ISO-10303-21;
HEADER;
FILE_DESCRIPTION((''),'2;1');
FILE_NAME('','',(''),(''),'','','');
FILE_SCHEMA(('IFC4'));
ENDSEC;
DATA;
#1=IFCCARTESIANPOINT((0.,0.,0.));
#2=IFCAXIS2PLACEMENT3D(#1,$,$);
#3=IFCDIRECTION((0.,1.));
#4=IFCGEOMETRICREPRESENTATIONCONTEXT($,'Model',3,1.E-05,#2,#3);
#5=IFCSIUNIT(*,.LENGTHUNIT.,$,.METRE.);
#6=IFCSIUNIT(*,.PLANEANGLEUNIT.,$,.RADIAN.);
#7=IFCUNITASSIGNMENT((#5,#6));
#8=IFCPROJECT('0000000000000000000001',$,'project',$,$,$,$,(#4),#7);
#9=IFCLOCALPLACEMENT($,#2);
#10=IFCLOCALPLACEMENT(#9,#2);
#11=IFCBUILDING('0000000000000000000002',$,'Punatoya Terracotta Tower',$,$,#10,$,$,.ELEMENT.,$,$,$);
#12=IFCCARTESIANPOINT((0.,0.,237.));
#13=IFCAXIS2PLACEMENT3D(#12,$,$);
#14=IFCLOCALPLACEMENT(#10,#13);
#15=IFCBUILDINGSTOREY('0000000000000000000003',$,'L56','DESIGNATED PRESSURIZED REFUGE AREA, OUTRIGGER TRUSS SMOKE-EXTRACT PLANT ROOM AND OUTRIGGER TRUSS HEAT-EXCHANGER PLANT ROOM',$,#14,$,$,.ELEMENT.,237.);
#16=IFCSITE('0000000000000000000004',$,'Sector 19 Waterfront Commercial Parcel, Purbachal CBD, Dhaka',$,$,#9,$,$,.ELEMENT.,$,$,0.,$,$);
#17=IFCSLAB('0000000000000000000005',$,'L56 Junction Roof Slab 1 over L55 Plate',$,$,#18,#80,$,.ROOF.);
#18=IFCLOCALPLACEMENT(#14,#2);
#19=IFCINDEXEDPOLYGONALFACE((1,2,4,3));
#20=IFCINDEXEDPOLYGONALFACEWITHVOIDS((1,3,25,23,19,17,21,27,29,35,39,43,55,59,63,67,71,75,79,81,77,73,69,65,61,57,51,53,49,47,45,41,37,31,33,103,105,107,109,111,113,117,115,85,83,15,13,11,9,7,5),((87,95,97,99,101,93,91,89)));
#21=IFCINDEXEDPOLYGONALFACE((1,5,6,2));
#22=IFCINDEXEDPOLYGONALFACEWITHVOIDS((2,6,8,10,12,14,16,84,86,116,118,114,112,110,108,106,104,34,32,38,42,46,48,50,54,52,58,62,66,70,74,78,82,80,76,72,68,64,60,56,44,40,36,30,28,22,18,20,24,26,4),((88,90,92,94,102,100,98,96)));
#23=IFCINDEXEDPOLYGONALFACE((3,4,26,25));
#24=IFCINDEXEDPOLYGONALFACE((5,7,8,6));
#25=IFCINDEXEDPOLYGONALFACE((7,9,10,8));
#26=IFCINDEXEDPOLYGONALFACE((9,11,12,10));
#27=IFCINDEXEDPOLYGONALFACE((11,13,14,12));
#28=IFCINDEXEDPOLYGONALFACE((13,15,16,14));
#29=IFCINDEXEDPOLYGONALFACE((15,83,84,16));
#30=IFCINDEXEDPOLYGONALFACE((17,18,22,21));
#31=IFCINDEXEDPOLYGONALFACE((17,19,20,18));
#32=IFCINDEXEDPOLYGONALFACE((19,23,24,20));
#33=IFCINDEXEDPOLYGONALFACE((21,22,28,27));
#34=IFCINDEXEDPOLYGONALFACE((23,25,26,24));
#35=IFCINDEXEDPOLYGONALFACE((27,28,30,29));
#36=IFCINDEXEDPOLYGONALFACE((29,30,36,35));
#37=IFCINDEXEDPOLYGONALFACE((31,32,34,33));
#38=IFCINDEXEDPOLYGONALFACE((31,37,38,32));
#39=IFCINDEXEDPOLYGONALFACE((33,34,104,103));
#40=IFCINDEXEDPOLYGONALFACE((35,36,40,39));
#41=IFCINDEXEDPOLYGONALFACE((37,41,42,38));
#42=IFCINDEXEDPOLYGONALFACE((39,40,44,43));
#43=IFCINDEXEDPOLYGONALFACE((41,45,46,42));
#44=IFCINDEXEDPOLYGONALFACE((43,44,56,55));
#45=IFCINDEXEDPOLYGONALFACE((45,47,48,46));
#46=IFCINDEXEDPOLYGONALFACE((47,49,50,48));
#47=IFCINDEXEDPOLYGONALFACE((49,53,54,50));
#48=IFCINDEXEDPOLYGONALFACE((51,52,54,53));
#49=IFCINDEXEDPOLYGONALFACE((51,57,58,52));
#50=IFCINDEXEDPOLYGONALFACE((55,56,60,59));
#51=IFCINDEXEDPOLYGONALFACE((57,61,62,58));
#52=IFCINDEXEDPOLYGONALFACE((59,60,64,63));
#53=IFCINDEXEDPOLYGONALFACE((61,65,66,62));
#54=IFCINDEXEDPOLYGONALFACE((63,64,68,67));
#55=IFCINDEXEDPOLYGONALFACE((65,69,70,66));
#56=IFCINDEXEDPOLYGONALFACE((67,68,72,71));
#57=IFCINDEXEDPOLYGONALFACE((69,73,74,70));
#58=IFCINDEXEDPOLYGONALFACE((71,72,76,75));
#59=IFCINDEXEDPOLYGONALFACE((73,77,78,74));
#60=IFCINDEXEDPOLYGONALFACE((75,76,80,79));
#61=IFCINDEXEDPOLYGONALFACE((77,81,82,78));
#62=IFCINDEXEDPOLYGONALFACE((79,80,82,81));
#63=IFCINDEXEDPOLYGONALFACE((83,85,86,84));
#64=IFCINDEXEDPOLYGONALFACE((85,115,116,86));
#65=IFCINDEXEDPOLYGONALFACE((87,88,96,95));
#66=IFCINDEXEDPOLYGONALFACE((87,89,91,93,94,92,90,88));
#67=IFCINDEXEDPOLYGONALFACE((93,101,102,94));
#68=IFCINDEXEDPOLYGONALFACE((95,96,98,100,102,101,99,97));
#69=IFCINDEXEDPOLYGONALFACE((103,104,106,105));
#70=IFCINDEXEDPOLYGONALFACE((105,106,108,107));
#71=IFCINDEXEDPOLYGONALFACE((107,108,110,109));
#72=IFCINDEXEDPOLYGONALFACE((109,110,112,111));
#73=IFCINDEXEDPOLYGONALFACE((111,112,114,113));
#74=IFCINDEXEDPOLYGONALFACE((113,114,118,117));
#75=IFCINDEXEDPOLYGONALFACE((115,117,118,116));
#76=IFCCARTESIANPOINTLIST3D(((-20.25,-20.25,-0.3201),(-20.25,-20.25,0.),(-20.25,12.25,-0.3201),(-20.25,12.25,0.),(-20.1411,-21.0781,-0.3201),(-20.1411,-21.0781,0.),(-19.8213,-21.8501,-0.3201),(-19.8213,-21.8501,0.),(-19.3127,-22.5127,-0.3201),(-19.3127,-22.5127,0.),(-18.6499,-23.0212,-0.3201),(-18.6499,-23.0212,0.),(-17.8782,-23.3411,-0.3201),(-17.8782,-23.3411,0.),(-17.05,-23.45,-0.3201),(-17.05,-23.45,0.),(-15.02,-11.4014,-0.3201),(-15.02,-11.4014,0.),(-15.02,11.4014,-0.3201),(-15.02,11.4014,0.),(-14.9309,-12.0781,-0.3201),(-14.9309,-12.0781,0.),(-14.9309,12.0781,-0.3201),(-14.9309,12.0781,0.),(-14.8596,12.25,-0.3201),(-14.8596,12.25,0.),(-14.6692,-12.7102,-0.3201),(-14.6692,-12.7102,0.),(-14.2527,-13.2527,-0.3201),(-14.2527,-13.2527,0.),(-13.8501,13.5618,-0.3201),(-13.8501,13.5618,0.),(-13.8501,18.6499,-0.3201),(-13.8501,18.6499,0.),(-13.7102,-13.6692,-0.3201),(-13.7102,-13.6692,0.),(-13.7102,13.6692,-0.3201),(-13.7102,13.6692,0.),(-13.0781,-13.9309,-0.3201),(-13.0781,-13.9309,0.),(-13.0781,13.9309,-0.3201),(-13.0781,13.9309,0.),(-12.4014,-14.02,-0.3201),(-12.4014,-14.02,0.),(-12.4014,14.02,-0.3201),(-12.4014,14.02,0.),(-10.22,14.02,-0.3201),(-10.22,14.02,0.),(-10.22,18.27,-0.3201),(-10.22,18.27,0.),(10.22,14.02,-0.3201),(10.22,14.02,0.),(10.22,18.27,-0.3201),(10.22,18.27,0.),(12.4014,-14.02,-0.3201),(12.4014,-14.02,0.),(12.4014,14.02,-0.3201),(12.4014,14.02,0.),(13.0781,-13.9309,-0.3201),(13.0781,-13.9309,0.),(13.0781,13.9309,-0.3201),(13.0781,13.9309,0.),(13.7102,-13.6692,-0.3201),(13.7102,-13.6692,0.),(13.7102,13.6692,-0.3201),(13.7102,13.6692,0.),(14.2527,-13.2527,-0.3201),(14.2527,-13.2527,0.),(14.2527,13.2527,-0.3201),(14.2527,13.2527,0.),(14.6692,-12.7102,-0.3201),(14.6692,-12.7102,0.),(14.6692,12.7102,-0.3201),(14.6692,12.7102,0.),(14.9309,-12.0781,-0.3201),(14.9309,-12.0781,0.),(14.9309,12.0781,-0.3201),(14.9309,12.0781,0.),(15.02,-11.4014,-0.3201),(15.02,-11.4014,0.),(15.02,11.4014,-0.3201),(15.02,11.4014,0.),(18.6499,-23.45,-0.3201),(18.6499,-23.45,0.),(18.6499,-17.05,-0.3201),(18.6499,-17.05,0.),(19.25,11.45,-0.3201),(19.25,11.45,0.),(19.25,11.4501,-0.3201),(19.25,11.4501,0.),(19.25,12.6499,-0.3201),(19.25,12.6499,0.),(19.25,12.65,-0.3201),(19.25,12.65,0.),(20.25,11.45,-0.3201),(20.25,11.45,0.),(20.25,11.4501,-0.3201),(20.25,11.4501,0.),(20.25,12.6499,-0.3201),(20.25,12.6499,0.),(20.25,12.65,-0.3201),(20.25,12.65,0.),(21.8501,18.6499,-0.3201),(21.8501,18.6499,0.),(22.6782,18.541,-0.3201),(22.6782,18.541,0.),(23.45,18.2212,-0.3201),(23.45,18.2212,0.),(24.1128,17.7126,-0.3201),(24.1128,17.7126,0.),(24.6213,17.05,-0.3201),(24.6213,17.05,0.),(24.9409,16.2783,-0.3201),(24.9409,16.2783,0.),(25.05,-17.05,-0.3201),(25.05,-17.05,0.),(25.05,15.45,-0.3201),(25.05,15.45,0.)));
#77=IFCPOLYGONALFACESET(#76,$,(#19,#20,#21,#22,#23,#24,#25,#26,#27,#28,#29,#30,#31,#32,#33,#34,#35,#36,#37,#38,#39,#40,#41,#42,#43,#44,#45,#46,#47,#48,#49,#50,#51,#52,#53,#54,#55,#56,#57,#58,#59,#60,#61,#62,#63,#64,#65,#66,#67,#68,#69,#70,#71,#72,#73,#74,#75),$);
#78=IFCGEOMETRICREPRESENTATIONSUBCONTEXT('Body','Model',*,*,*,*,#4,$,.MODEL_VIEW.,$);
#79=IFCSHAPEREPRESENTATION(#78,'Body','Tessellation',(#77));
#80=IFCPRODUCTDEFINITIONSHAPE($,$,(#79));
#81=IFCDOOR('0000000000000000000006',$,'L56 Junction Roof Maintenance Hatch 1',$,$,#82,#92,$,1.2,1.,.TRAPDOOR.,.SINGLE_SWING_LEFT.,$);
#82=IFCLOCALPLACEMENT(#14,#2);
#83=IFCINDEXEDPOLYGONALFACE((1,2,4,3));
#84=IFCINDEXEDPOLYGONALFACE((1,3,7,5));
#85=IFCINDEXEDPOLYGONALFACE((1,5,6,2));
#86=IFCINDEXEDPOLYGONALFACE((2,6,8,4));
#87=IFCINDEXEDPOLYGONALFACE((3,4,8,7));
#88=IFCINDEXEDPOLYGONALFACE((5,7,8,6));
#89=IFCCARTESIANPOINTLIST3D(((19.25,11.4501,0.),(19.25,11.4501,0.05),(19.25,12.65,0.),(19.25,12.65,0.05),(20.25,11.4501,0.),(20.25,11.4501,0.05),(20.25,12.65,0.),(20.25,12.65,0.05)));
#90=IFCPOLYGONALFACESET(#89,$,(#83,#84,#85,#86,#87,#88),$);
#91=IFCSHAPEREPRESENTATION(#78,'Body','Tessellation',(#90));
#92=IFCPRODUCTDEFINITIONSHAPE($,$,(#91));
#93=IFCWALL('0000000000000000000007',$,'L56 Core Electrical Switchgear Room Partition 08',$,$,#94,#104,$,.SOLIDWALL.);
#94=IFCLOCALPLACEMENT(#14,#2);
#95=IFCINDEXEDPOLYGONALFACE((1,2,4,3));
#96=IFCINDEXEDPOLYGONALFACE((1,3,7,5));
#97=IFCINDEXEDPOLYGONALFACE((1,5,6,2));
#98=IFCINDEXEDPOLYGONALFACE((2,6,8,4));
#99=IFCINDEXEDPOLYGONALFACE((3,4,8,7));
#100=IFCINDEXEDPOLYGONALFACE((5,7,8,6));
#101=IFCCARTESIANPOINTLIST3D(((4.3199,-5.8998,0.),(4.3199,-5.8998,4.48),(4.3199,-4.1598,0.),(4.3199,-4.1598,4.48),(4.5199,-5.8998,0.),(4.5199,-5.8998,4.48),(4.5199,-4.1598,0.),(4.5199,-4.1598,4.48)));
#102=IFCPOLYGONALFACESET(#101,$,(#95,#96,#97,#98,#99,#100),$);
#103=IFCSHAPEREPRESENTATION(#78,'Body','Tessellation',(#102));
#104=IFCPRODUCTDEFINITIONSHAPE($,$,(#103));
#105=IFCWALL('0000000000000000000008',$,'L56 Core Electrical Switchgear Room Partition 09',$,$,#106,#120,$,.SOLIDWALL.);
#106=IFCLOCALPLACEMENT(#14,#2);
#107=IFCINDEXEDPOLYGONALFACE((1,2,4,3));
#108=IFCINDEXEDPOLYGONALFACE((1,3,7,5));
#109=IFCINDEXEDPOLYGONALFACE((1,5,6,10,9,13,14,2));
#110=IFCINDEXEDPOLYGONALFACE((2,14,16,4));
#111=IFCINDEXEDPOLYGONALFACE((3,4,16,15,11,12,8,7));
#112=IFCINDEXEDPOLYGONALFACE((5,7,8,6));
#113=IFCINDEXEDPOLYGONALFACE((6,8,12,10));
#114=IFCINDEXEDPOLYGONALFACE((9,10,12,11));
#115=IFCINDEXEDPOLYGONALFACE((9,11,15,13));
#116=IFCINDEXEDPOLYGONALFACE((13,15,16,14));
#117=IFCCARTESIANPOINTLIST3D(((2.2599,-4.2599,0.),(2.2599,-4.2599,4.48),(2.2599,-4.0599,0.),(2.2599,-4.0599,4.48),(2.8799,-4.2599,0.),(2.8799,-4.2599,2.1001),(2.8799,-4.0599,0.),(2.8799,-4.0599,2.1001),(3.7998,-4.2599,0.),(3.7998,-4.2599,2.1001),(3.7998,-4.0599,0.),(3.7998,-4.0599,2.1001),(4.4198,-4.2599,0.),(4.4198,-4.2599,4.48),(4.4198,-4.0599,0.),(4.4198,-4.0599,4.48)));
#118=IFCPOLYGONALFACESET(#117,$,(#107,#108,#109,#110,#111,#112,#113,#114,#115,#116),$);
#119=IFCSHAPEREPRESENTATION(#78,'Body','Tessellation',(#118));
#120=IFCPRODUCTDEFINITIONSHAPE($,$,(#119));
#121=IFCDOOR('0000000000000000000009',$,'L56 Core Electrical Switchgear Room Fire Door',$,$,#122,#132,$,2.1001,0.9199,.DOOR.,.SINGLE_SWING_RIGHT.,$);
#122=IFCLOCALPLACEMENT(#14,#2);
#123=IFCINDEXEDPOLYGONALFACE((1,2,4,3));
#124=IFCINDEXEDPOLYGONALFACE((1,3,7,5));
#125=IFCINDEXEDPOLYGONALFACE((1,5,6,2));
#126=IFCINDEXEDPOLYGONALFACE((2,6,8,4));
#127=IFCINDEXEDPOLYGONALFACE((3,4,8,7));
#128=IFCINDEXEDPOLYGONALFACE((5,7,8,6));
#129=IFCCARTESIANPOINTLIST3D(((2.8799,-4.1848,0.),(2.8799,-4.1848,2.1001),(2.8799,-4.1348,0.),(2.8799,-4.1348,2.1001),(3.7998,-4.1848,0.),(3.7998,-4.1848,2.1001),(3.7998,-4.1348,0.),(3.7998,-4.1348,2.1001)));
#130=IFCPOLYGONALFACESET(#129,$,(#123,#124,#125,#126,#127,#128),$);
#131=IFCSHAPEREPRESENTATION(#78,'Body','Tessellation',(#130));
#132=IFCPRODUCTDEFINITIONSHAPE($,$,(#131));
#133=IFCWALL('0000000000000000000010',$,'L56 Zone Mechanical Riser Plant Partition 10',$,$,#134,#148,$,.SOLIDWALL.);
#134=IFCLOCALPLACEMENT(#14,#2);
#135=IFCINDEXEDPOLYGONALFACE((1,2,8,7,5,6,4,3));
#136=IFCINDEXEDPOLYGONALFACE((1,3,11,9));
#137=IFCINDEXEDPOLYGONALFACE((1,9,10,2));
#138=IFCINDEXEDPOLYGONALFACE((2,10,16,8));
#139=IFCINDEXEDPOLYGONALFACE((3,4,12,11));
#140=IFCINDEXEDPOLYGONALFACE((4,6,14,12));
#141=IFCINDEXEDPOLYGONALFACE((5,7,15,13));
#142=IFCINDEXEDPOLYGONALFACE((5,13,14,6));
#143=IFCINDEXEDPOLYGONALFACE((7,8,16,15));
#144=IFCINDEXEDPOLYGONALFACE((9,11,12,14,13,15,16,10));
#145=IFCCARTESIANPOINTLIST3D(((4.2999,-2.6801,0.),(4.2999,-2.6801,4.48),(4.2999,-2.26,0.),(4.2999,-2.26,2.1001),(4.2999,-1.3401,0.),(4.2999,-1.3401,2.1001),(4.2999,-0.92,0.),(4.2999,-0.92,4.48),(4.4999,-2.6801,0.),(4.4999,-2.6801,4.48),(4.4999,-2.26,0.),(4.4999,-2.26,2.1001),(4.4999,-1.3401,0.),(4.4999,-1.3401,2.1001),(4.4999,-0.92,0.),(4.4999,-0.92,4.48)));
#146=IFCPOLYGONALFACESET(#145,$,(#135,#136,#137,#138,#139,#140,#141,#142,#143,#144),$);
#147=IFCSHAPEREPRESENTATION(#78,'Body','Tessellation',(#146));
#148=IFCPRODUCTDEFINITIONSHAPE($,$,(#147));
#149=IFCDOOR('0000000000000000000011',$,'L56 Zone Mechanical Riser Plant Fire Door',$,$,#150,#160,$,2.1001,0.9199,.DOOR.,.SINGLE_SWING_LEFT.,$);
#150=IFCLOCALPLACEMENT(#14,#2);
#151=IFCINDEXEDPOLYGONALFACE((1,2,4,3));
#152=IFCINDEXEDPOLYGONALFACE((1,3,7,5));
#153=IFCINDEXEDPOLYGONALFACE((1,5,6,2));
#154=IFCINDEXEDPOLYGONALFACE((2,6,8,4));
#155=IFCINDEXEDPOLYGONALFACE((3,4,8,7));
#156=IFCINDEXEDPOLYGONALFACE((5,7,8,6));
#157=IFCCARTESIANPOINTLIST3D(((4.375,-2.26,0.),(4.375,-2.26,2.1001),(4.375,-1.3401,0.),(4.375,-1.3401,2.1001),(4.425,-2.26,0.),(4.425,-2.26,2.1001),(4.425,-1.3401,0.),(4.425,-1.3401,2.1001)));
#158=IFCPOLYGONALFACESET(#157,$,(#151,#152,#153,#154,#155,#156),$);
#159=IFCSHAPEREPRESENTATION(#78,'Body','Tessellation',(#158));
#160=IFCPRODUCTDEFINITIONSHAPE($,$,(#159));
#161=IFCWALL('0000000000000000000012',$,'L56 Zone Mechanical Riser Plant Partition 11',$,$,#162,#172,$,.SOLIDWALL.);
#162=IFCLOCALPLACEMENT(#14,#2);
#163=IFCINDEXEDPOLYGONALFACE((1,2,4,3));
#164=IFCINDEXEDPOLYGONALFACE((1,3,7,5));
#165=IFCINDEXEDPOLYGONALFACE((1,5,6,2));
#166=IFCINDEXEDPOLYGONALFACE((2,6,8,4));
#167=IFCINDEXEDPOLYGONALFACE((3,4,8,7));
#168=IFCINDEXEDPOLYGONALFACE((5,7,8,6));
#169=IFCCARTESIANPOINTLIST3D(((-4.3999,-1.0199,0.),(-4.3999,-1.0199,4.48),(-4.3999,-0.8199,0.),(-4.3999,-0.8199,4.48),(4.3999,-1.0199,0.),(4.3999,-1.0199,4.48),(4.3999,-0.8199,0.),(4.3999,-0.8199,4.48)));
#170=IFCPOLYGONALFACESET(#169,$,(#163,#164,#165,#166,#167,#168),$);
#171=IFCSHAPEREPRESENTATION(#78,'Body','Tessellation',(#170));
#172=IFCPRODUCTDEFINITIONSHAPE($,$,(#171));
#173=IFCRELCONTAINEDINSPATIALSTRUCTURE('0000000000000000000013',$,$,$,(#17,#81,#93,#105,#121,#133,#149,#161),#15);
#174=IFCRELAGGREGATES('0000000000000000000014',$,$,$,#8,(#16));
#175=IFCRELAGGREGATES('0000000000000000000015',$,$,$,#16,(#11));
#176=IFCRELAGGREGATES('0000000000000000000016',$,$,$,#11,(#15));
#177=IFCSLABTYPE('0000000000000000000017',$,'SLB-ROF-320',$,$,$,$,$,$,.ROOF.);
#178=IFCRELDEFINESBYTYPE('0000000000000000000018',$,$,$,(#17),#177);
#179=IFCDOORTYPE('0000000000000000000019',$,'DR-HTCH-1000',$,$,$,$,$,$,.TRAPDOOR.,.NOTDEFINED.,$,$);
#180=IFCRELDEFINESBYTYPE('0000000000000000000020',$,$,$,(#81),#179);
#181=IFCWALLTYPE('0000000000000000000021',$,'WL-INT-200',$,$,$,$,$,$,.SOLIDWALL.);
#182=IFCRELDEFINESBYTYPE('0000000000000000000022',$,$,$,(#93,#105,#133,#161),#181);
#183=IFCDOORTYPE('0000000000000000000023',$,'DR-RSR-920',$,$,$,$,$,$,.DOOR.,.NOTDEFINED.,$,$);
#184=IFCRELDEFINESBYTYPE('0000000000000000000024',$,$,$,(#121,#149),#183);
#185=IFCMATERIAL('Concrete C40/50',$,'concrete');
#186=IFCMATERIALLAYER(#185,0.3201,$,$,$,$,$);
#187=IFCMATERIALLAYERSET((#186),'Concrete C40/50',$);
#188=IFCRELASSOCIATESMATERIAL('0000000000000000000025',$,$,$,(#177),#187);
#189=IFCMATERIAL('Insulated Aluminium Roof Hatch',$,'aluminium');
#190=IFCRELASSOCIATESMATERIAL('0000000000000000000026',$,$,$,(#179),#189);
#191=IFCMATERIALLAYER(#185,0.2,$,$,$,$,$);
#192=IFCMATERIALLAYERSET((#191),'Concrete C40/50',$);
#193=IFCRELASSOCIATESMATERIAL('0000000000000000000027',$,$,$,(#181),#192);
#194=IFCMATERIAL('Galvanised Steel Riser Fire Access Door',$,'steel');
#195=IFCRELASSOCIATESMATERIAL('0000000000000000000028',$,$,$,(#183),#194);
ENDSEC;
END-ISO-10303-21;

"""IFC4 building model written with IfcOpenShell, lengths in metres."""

from ifc_helpers import new_model, si_unit, direction, frame, frame_2d, origin, origin_2d, place, context, subcontext, project, spatial, polyline, rectangle, outline, extrude, material, layer, layer_set, type_object, element, fill, save


model = new_model("IFC4")

# Units and contexts
model_context = context("Model", 3, precision=1e-05, world=origin(), true_north=direction((0.0, 1.0)))
body_context = subcontext(model_context, "Body", "Model", "MODEL_VIEW")
ifc_project = project(units=[si_unit("LENGTHUNIT", "METRE"), si_unit("PLANEANGLEUNIT", "RADIAN")], contexts=[model_context])

# Site, building, storey
site_placement = place(None, origin())
site = spatial("IfcSite", under=ifc_project, at=site_placement, Name="Sector 19 Waterfront Commercial Parcel, Purbachal CBD, Dhaka", CompositionType="ELEMENT", RefElevation=0.0)
building_placement = place(site_placement, origin())
building = spatial("IfcBuilding", under=site, at=building_placement, Name="Punatoya Terracotta Tower", CompositionType="ELEMENT")
storey_placement = place(building_placement, frame((0.0, 0.0, 237.0)))
storey = spatial("IfcBuildingStorey", under=building, at=storey_placement, Name="L56", Description="DESIGNATED PRESSURIZED REFUGE AREA, OUTRIGGER TRUSS SMOKE-EXTRACT PLANT ROOM AND OUTRIGGER TRUSS HEAT-EXCHANGER PLANT ROOM", CompositionType="ELEMENT", Elevation=237.0)

# Shared definitions
ifc_material_1 = material(Name="Concrete C40/50", Category="concrete")

# Slab, opening, door
ifc_layer_1 = layer(ifc_material_1, 0.3201)
ifc_layer_set_1 = layer_set([ifc_layer_1], Name="Concrete C40/50")
slab_type_1 = type_object("IfcSlabType", Name="SLB-ROF-320", PredefinedType="ROOF", material=ifc_layer_set_1)
slab_1_placement = place(storey_placement, frame((0.0, 0.0, -0.3201)))
slab_1 = element("IfcSlab", 1, at=slab_1_placement, inside=storey, type_object=slab_type_1, Name="L56 Junction Roof Slab 1 over L55 Plate", PredefinedType="ROOF", context=body_context, shape_type="SweptSolid", body=[
    extrude(outline(polyline([(22.6782, 18.541), (21.8501, 18.6499), (-13.8501, 18.6499), (-13.8501, 13.5618), (-13.7102, 13.6692), (-13.0781, 13.9309), (-12.4014, 14.02), (-10.22, 14.02), (-10.22, 18.27), (10.22, 18.27), (10.22, 14.02), (12.4014, 14.02), (13.0781, 13.9309), (13.7102, 13.6692), (14.2527, 13.2527), (14.6692, 12.7102), (14.9309, 12.0781), (15.02, 11.4014), (15.02, -11.4014), (14.9309, -12.0781), (14.6692, -12.7102), (14.2527, -13.2527), (13.7102, -13.6692), (13.0781, -13.9309), (12.4014, -14.02), (-12.4014, -14.02), (-13.0781, -13.9309), (-13.7102, -13.6692), (-14.2527, -13.2527), (-14.6692, -12.7102), (-14.9309, -12.0781), (-15.02, -11.4014), (-15.02, 11.4014), (-14.9309, 12.0781), (-14.8596, 12.25), (-20.25, 12.25), (-20.25, -20.25), (-20.1411, -21.0781), (-19.8213, -21.8501), (-19.3127, -22.5127), (-18.6499, -23.0212), (-17.8782, -23.3411), (-17.05, -23.45), (18.6499, -23.45), (18.6499, -17.05), (25.05, -17.05), (25.05, 15.45), (24.9409, 16.2783), (24.6213, 17.05), (24.1128, 17.7126), (23.45, 18.2212), (22.6782, 18.541)]), holes=[polyline([(20.25, 12.6499), (20.25, 11.45), (19.25, 11.45), (19.25, 12.6499), (20.25, 12.6499)])]), origin(), (0.0, 0.0, 1.0), 0.3201),
])
opening_1_placement = place(slab_1_placement, frame((19.75, 12.05, 0.0)))
opening_1 = element("IfcOpeningElement", 2, at=opening_1_placement, cuts=slab_1, PredefinedType="OPENING", context=body_context, shape_type="SweptSolid", body=[
    extrude(rectangle(XDim=1.0, YDim=1.2, at=origin_2d()), frame((0.0, 0.0, -0.01)), (0.0, 0.0, 1.0), 0.3901),
])
ifc_material_2 = material(Name="Insulated Aluminium Roof Hatch", Category="aluminium")
door_type_1 = type_object("IfcDoorType", Name="DR-HTCH-1000", OperationType="NOTDEFINED", PredefinedType="TRAPDOOR", material=ifc_material_2)
door_1_placement = place(opening_1_placement, frame((0.0, 0.0, 0.3201)))
door_1 = element("IfcDoor", 3, at=door_1_placement, inside=storey, type_object=door_type_1, Name="L56 Junction Roof Maintenance Hatch 1", OperationType="SINGLE_SWING_LEFT", OverallHeight=1.2, OverallWidth=1.0, PredefinedType="TRAPDOOR", context=body_context, shape_type="SweptSolid", body=[
    extrude(rectangle(XDim=1.0, YDim=1.2, at=origin_2d()), origin(), (0.0, 0.0, 1.0), 0.05),
])
fill(opening_1, door_1)

# Shared definitions
ifc_layer_2 = layer(ifc_material_1, 0.2)
ifc_layer_set_2 = layer_set([ifc_layer_2], Name="Concrete C40/50")
wall_type_1 = type_object("IfcWallType", Name="WL-INT-200", PredefinedType="SOLIDWALL", material=ifc_layer_set_2)

# Wall
wall_1_placement = place(storey_placement, frame((4.4199, -5.8999, 0.0), z_axis=(0.0, 0.0, 1.0), x_axis=(0.0, 1.0, 0.0)))
element("IfcWall", 4, at=wall_1_placement, inside=storey, type_object=wall_type_1, Name="L56 Core Electrical Switchgear Room Partition 08", PredefinedType="SOLIDWALL", context=body_context, shape_type="SweptSolid", body=[
    extrude(rectangle(XDim=1.74, YDim=0.2, at=frame_2d((0.8701, 0.0))), origin(), (0.0, 0.0, 1.0), 4.48),
])

# Walls, openings, doors
wall_2_placement = place(storey_placement, frame((4.4199, -4.1599, 0.0), z_axis=(0.0, 0.0, 1.0), x_axis=(-1.0, 0.0, 0.0)))
wall_2 = element("IfcWall", 5, at=wall_2_placement, inside=storey, type_object=wall_type_1, Name="L56 Core Electrical Switchgear Room Partition 09", PredefinedType="SOLIDWALL", context=body_context, shape_type="SweptSolid", body=[
    extrude(rectangle(XDim=2.1599, YDim=0.2, at=frame_2d((1.0801, 0.0))), origin(), (0.0, 0.0, 1.0), 4.48),
])
opening_2_placement = place(wall_2_placement, frame((0.6201, 0.0, 0.0)))
opening_2 = element("IfcOpeningElement", 6, at=opening_2_placement, cuts=wall_2, PredefinedType="OPENING", context=body_context, shape_type="SweptSolid", body=[
    extrude(rectangle(XDim=0.9199, YDim=2.1001, at=frame_2d((0.46, 1.05))), frame((0.0, 0.1099, 0.0), z_axis=(0.0, -1.0, 0.0), x_axis=(1.0, 0.0, 0.0)), (0.0, 0.0, 1.0), 0.22),
])
ifc_material_3 = material(Name="Galvanised Steel Riser Fire Access Door", Category="steel")
door_type_2 = type_object("IfcDoorType", Name="DR-RSR-920", OperationType="NOTDEFINED", PredefinedType="DOOR", material=ifc_material_3)
door_2_placement = place(opening_2_placement, origin())
door_2 = element("IfcDoor", 7, at=door_2_placement, inside=storey, type_object=door_type_2, Name="L56 Core Electrical Switchgear Room Fire Door", OperationType="SINGLE_SWING_RIGHT", OverallHeight=2.1001, OverallWidth=0.9199, PredefinedType="DOOR", context=body_context, shape_type="SweptSolid", body=[
    extrude(rectangle(XDim=0.9199, YDim=2.1001, at=frame_2d((0.46, 1.05))), frame((0.0, 0.0249, 0.0), z_axis=(0.0, -1.0, 0.0), x_axis=(1.0, 0.0, 0.0)), (0.0, 0.0, 1.0), 0.05),
])
fill(opening_2, door_2)
wall_3_placement = place(storey_placement, frame((4.3999, -2.6799, 0.0), z_axis=(0.0, 0.0, 1.0), x_axis=(0.0, 1.0, 0.0)))
wall_3 = element("IfcWall", 8, at=wall_3_placement, inside=storey, type_object=wall_type_1, Name="L56 Zone Mechanical Riser Plant Partition 10", PredefinedType="SOLIDWALL", context=body_context, shape_type="SweptSolid", body=[
    extrude(rectangle(XDim=1.76, YDim=0.2, at=frame_2d((0.8799, 0.0))), origin(), (0.0, 0.0, 1.0), 4.48),
])
opening_3_placement = place(wall_3_placement, frame((0.4199, 0.0, 0.0)))
opening_3 = element("IfcOpeningElement", 9, at=opening_3_placement, cuts=wall_3, PredefinedType="OPENING", context=body_context, shape_type="SweptSolid", body=[
    extrude(rectangle(XDim=0.9199, YDim=2.1001, at=frame_2d((0.46, 1.05))), frame((0.0, 0.1099, 0.0), z_axis=(0.0, -1.0, 0.0), x_axis=(1.0, 0.0, 0.0)), (0.0, 0.0, 1.0), 0.22),
])
door_3_placement = place(opening_3_placement, origin())
door_3 = element("IfcDoor", 10, at=door_3_placement, inside=storey, type_object=door_type_2, Name="L56 Zone Mechanical Riser Plant Fire Door", OperationType="SINGLE_SWING_LEFT", OverallHeight=2.1001, OverallWidth=0.9199, PredefinedType="DOOR", context=body_context, shape_type="SweptSolid", body=[
    extrude(rectangle(XDim=0.9199, YDim=2.1001, at=frame_2d((0.46, 1.05))), frame((0.0, 0.0249, 0.0), z_axis=(0.0, -1.0, 0.0), x_axis=(1.0, 0.0, 0.0)), (0.0, 0.0, 1.0), 0.05),
])
fill(opening_3, door_3)

# Wall
wall_4_placement = place(storey_placement, frame((4.3999, -0.9199, 0.0), z_axis=(0.0, 0.0, 1.0), x_axis=(-1.0, 0.0, 0.0)))
element("IfcWall", 11, at=wall_4_placement, inside=storey, type_object=wall_type_1, Name="L56 Zone Mechanical Riser Plant Partition 11", PredefinedType="SOLIDWALL", context=body_context, shape_type="SweptSolid", body=[
    extrude(rectangle(XDim=8.7998, YDim=0.2, at=frame_2d((4.3999, 0.0))), origin(), (0.0, 0.0, 1.0), 4.48),
])

save(model, "model.ifc")
